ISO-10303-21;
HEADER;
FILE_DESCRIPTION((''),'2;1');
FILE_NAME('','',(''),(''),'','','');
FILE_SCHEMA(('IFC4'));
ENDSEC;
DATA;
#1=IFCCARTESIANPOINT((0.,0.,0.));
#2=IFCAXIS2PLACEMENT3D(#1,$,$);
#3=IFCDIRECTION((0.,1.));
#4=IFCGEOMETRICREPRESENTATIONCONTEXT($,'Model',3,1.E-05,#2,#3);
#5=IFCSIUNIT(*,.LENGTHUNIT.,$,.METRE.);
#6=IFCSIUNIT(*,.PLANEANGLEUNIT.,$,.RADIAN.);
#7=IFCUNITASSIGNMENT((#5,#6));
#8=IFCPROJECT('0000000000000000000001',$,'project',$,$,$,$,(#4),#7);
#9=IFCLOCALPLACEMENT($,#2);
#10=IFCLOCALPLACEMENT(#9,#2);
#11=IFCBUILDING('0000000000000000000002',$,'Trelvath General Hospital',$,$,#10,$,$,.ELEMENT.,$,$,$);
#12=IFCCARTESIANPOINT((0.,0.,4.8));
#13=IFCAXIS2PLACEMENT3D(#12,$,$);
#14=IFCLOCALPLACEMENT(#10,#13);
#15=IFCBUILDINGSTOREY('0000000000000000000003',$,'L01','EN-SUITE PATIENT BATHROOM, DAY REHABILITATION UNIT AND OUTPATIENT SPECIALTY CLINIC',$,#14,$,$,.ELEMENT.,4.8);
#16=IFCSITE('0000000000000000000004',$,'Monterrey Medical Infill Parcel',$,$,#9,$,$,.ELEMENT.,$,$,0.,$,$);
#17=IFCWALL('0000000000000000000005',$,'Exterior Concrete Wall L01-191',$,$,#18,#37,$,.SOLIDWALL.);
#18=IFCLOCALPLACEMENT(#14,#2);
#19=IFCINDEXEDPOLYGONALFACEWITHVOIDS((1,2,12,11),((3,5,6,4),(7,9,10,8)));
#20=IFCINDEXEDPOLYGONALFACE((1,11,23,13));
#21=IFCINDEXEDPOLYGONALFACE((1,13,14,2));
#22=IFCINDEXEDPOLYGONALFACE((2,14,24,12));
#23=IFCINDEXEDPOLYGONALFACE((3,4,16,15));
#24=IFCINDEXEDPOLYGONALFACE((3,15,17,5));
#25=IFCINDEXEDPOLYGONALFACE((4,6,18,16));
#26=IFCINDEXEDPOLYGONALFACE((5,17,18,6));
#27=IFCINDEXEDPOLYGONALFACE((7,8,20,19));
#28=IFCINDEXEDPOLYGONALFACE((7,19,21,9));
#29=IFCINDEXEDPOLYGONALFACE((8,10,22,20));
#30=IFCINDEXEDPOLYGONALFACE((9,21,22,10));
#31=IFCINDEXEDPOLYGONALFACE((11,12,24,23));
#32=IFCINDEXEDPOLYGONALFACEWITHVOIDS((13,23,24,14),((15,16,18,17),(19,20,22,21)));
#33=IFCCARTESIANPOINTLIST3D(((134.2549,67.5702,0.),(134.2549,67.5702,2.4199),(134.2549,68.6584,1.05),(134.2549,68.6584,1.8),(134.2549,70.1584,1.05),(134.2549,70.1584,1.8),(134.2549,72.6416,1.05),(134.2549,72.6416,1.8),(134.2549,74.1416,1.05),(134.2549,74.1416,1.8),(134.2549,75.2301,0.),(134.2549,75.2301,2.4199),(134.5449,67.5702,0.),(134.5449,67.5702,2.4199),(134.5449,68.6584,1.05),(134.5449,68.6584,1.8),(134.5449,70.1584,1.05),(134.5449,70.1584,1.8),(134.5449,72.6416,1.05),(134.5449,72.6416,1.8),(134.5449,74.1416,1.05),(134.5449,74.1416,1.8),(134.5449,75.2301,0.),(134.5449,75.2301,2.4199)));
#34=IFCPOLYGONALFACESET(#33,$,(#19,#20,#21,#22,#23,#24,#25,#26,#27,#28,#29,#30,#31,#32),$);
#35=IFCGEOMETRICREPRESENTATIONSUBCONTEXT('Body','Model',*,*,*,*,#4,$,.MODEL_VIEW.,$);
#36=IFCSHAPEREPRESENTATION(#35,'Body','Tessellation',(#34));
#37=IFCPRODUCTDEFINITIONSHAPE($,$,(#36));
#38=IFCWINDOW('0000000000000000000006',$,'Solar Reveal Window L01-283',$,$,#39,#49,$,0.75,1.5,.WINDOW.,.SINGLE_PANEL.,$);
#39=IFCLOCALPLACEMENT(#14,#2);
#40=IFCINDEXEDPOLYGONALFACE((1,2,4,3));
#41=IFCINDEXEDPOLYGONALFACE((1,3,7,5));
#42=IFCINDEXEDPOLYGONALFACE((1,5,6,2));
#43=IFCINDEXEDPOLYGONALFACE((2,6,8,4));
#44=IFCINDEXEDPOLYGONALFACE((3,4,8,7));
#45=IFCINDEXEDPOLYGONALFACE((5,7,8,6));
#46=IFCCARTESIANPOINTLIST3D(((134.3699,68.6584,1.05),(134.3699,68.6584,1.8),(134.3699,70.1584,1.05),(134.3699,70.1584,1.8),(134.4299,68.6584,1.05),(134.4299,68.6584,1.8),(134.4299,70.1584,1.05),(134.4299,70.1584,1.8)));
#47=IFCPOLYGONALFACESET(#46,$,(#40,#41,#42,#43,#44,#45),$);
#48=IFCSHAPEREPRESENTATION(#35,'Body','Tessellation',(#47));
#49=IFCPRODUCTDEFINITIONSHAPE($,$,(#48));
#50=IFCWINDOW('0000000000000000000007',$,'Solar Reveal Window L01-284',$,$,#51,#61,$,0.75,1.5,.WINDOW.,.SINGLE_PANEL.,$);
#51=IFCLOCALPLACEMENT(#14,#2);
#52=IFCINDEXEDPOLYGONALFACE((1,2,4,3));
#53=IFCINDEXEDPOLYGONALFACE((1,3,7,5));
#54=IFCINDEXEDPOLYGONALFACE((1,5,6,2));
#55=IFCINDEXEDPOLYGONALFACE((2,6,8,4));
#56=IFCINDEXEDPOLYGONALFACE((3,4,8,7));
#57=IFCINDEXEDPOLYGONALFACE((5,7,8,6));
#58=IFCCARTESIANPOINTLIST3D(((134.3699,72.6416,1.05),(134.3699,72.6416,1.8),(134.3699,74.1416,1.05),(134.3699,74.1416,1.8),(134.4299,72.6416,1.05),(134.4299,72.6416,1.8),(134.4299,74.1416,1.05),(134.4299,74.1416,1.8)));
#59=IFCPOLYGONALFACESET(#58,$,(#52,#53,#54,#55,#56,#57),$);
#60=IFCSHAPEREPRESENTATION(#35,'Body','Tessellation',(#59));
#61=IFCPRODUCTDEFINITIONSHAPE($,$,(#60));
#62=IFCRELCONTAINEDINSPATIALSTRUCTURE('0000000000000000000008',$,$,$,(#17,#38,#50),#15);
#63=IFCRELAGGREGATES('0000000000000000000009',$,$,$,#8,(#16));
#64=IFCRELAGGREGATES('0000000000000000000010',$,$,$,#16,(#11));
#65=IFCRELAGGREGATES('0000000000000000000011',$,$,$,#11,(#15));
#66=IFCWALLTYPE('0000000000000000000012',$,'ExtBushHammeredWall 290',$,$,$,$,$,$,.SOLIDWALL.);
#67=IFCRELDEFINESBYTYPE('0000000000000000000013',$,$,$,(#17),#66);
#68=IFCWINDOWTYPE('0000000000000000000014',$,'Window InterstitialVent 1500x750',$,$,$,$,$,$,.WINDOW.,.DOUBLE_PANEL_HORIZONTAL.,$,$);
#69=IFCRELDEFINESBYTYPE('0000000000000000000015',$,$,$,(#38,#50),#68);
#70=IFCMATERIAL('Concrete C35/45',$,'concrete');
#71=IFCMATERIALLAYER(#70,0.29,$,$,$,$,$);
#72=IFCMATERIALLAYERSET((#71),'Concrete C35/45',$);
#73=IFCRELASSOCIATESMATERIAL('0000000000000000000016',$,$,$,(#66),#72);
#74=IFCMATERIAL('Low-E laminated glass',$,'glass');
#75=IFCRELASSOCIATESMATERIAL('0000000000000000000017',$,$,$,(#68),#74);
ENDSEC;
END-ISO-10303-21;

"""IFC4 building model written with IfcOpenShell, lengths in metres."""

from ifc_helpers import new_model, si_unit, direction, frame, frame_2d, origin, place, context, subcontext, project, spatial, rectangle, extrude, material, layer, layer_set, type_object, element, fill, save


model = new_model("IFC4")

# Units and contexts
model_context = context("Model", 3, precision=1e-05, world=origin(), true_north=direction((0.0, 1.0)))
body_context = subcontext(model_context, "Body", "Model", "MODEL_VIEW")
ifc_project = project(units=[si_unit("LENGTHUNIT", "METRE"), si_unit("PLANEANGLEUNIT", "RADIAN")], contexts=[model_context])

# Site, building, storey
site_placement = place(None, origin())
site = spatial("IfcSite", under=ifc_project, at=site_placement, Name="Monterrey Medical Infill Parcel", CompositionType="ELEMENT", RefElevation=0.0)
building_placement = place(site_placement, origin())
building = spatial("IfcBuilding", under=site, at=building_placement, Name="Trelvath General Hospital", CompositionType="ELEMENT")
storey_placement = place(building_placement, frame((0.0, 0.0, 4.8)))
storey = spatial("IfcBuildingStorey", under=building, at=storey_placement, Name="L01", Description="EN-SUITE PATIENT BATHROOM, DAY REHABILITATION UNIT AND OUTPATIENT SPECIALTY CLINIC", CompositionType="ELEMENT", Elevation=4.8)

# Wall, openings, windows
ifc_material_1 = material(Name="Concrete C35/45", Category="concrete")
ifc_layer_1 = layer(ifc_material_1, 0.29)
ifc_layer_set_1 = layer_set([ifc_layer_1], Name="Concrete C35/45")
wall_type_1 = type_object("IfcWallType", Name="ExtBushHammeredWall 290", PredefinedType="SOLIDWALL", material=ifc_layer_set_1)
wall_1_placement = place(storey_placement, frame((134.3999, 67.5701, 0.0), z_axis=(0.0, 0.0, 1.0), x_axis=(0.0, 1.0, 0.0)))
wall_1 = element("IfcWall", 1, at=wall_1_placement, inside=storey, type_object=wall_type_1, Name="Exterior Concrete Wall L01-191", PredefinedType="SOLIDWALL", context=body_context, shape_type="SweptSolid", body=[
    extrude(rectangle(XDim=7.6599, YDim=0.29, at=frame_2d((3.8301, 0.0))), origin(), (0.0, 0.0, 1.0), 2.4199),
])
opening_1_placement = place(wall_1_placement, frame((1.0884, 0.0, 1.05)))
opening_1 = element("IfcOpeningElement", 2, at=opening_1_placement, cuts=wall_1, PredefinedType="OPENING", context=body_context, shape_type="SweptSolid", body=[
    extrude(rectangle(XDim=1.5, YDim=0.75, at=frame_2d((0.75, 0.375))), frame((0.0, 0.155, 0.0), z_axis=(0.0, -1.0, 0.0), x_axis=(1.0, 0.0, 0.0)), (0.0, 0.0, 1.0), 0.3101),
])
opening_2_placement = place(wall_1_placement, frame((5.0715, 0.0, 1.05)))
opening_2 = element("IfcOpeningElement", 3, at=opening_2_placement, cuts=wall_1, PredefinedType="OPENING", context=body_context, shape_type="SweptSolid", body=[
    extrude(rectangle(XDim=1.5, YDim=0.75, at=frame_2d((0.75, 0.375))), frame((0.0, 0.155, 0.0), z_axis=(0.0, -1.0, 0.0), x_axis=(1.0, 0.0, 0.0)), (0.0, 0.0, 1.0), 0.3101),
])
ifc_material_2 = material(Name="Low-E laminated glass", Category="glass")
window_type = type_object("IfcWindowType", Name="Window InterstitialVent 1500x750", PartitioningType="DOUBLE_PANEL_HORIZONTAL", PredefinedType="WINDOW", material=ifc_material_2)
window_1_placement = place(opening_1_placement, origin())
window_1 = element("IfcWindow", 4, at=window_1_placement, inside=storey, type_object=window_type, Name="Solar Reveal Window L01-283", OverallHeight=0.75, OverallWidth=1.5, PartitioningType="SINGLE_PANEL", PredefinedType="WINDOW", context=body_context, shape_type="SweptSolid", body=[
    extrude(rectangle(XDim=1.5, YDim=0.75, at=frame_2d((0.75, 0.375))), frame((0.0, 0.03, 0.0), z_axis=(0.0, -1.0, 0.0), x_axis=(1.0, 0.0, 0.0)), (0.0, 0.0, 1.0), 0.0601),
])
fill(opening_1, window_1)
window_2_placement = place(opening_2_placement, origin())
window_2 = element("IfcWindow", 5, at=window_2_placement, inside=storey, type_object=window_type, Name="Solar Reveal Window L01-284", OverallHeight=0.75, OverallWidth=1.5, PartitioningType="SINGLE_PANEL", PredefinedType="WINDOW", context=body_context, shape_type="SweptSolid", body=[
    extrude(rectangle(XDim=1.5, YDim=0.75, at=frame_2d((0.75, 0.375))), frame((0.0, 0.03, 0.0), z_axis=(0.0, -1.0, 0.0), x_axis=(1.0, 0.0, 0.0)), (0.0, 0.0, 1.0), 0.0601),
])
fill(opening_2, window_2)

save(model, "model.ifc")
